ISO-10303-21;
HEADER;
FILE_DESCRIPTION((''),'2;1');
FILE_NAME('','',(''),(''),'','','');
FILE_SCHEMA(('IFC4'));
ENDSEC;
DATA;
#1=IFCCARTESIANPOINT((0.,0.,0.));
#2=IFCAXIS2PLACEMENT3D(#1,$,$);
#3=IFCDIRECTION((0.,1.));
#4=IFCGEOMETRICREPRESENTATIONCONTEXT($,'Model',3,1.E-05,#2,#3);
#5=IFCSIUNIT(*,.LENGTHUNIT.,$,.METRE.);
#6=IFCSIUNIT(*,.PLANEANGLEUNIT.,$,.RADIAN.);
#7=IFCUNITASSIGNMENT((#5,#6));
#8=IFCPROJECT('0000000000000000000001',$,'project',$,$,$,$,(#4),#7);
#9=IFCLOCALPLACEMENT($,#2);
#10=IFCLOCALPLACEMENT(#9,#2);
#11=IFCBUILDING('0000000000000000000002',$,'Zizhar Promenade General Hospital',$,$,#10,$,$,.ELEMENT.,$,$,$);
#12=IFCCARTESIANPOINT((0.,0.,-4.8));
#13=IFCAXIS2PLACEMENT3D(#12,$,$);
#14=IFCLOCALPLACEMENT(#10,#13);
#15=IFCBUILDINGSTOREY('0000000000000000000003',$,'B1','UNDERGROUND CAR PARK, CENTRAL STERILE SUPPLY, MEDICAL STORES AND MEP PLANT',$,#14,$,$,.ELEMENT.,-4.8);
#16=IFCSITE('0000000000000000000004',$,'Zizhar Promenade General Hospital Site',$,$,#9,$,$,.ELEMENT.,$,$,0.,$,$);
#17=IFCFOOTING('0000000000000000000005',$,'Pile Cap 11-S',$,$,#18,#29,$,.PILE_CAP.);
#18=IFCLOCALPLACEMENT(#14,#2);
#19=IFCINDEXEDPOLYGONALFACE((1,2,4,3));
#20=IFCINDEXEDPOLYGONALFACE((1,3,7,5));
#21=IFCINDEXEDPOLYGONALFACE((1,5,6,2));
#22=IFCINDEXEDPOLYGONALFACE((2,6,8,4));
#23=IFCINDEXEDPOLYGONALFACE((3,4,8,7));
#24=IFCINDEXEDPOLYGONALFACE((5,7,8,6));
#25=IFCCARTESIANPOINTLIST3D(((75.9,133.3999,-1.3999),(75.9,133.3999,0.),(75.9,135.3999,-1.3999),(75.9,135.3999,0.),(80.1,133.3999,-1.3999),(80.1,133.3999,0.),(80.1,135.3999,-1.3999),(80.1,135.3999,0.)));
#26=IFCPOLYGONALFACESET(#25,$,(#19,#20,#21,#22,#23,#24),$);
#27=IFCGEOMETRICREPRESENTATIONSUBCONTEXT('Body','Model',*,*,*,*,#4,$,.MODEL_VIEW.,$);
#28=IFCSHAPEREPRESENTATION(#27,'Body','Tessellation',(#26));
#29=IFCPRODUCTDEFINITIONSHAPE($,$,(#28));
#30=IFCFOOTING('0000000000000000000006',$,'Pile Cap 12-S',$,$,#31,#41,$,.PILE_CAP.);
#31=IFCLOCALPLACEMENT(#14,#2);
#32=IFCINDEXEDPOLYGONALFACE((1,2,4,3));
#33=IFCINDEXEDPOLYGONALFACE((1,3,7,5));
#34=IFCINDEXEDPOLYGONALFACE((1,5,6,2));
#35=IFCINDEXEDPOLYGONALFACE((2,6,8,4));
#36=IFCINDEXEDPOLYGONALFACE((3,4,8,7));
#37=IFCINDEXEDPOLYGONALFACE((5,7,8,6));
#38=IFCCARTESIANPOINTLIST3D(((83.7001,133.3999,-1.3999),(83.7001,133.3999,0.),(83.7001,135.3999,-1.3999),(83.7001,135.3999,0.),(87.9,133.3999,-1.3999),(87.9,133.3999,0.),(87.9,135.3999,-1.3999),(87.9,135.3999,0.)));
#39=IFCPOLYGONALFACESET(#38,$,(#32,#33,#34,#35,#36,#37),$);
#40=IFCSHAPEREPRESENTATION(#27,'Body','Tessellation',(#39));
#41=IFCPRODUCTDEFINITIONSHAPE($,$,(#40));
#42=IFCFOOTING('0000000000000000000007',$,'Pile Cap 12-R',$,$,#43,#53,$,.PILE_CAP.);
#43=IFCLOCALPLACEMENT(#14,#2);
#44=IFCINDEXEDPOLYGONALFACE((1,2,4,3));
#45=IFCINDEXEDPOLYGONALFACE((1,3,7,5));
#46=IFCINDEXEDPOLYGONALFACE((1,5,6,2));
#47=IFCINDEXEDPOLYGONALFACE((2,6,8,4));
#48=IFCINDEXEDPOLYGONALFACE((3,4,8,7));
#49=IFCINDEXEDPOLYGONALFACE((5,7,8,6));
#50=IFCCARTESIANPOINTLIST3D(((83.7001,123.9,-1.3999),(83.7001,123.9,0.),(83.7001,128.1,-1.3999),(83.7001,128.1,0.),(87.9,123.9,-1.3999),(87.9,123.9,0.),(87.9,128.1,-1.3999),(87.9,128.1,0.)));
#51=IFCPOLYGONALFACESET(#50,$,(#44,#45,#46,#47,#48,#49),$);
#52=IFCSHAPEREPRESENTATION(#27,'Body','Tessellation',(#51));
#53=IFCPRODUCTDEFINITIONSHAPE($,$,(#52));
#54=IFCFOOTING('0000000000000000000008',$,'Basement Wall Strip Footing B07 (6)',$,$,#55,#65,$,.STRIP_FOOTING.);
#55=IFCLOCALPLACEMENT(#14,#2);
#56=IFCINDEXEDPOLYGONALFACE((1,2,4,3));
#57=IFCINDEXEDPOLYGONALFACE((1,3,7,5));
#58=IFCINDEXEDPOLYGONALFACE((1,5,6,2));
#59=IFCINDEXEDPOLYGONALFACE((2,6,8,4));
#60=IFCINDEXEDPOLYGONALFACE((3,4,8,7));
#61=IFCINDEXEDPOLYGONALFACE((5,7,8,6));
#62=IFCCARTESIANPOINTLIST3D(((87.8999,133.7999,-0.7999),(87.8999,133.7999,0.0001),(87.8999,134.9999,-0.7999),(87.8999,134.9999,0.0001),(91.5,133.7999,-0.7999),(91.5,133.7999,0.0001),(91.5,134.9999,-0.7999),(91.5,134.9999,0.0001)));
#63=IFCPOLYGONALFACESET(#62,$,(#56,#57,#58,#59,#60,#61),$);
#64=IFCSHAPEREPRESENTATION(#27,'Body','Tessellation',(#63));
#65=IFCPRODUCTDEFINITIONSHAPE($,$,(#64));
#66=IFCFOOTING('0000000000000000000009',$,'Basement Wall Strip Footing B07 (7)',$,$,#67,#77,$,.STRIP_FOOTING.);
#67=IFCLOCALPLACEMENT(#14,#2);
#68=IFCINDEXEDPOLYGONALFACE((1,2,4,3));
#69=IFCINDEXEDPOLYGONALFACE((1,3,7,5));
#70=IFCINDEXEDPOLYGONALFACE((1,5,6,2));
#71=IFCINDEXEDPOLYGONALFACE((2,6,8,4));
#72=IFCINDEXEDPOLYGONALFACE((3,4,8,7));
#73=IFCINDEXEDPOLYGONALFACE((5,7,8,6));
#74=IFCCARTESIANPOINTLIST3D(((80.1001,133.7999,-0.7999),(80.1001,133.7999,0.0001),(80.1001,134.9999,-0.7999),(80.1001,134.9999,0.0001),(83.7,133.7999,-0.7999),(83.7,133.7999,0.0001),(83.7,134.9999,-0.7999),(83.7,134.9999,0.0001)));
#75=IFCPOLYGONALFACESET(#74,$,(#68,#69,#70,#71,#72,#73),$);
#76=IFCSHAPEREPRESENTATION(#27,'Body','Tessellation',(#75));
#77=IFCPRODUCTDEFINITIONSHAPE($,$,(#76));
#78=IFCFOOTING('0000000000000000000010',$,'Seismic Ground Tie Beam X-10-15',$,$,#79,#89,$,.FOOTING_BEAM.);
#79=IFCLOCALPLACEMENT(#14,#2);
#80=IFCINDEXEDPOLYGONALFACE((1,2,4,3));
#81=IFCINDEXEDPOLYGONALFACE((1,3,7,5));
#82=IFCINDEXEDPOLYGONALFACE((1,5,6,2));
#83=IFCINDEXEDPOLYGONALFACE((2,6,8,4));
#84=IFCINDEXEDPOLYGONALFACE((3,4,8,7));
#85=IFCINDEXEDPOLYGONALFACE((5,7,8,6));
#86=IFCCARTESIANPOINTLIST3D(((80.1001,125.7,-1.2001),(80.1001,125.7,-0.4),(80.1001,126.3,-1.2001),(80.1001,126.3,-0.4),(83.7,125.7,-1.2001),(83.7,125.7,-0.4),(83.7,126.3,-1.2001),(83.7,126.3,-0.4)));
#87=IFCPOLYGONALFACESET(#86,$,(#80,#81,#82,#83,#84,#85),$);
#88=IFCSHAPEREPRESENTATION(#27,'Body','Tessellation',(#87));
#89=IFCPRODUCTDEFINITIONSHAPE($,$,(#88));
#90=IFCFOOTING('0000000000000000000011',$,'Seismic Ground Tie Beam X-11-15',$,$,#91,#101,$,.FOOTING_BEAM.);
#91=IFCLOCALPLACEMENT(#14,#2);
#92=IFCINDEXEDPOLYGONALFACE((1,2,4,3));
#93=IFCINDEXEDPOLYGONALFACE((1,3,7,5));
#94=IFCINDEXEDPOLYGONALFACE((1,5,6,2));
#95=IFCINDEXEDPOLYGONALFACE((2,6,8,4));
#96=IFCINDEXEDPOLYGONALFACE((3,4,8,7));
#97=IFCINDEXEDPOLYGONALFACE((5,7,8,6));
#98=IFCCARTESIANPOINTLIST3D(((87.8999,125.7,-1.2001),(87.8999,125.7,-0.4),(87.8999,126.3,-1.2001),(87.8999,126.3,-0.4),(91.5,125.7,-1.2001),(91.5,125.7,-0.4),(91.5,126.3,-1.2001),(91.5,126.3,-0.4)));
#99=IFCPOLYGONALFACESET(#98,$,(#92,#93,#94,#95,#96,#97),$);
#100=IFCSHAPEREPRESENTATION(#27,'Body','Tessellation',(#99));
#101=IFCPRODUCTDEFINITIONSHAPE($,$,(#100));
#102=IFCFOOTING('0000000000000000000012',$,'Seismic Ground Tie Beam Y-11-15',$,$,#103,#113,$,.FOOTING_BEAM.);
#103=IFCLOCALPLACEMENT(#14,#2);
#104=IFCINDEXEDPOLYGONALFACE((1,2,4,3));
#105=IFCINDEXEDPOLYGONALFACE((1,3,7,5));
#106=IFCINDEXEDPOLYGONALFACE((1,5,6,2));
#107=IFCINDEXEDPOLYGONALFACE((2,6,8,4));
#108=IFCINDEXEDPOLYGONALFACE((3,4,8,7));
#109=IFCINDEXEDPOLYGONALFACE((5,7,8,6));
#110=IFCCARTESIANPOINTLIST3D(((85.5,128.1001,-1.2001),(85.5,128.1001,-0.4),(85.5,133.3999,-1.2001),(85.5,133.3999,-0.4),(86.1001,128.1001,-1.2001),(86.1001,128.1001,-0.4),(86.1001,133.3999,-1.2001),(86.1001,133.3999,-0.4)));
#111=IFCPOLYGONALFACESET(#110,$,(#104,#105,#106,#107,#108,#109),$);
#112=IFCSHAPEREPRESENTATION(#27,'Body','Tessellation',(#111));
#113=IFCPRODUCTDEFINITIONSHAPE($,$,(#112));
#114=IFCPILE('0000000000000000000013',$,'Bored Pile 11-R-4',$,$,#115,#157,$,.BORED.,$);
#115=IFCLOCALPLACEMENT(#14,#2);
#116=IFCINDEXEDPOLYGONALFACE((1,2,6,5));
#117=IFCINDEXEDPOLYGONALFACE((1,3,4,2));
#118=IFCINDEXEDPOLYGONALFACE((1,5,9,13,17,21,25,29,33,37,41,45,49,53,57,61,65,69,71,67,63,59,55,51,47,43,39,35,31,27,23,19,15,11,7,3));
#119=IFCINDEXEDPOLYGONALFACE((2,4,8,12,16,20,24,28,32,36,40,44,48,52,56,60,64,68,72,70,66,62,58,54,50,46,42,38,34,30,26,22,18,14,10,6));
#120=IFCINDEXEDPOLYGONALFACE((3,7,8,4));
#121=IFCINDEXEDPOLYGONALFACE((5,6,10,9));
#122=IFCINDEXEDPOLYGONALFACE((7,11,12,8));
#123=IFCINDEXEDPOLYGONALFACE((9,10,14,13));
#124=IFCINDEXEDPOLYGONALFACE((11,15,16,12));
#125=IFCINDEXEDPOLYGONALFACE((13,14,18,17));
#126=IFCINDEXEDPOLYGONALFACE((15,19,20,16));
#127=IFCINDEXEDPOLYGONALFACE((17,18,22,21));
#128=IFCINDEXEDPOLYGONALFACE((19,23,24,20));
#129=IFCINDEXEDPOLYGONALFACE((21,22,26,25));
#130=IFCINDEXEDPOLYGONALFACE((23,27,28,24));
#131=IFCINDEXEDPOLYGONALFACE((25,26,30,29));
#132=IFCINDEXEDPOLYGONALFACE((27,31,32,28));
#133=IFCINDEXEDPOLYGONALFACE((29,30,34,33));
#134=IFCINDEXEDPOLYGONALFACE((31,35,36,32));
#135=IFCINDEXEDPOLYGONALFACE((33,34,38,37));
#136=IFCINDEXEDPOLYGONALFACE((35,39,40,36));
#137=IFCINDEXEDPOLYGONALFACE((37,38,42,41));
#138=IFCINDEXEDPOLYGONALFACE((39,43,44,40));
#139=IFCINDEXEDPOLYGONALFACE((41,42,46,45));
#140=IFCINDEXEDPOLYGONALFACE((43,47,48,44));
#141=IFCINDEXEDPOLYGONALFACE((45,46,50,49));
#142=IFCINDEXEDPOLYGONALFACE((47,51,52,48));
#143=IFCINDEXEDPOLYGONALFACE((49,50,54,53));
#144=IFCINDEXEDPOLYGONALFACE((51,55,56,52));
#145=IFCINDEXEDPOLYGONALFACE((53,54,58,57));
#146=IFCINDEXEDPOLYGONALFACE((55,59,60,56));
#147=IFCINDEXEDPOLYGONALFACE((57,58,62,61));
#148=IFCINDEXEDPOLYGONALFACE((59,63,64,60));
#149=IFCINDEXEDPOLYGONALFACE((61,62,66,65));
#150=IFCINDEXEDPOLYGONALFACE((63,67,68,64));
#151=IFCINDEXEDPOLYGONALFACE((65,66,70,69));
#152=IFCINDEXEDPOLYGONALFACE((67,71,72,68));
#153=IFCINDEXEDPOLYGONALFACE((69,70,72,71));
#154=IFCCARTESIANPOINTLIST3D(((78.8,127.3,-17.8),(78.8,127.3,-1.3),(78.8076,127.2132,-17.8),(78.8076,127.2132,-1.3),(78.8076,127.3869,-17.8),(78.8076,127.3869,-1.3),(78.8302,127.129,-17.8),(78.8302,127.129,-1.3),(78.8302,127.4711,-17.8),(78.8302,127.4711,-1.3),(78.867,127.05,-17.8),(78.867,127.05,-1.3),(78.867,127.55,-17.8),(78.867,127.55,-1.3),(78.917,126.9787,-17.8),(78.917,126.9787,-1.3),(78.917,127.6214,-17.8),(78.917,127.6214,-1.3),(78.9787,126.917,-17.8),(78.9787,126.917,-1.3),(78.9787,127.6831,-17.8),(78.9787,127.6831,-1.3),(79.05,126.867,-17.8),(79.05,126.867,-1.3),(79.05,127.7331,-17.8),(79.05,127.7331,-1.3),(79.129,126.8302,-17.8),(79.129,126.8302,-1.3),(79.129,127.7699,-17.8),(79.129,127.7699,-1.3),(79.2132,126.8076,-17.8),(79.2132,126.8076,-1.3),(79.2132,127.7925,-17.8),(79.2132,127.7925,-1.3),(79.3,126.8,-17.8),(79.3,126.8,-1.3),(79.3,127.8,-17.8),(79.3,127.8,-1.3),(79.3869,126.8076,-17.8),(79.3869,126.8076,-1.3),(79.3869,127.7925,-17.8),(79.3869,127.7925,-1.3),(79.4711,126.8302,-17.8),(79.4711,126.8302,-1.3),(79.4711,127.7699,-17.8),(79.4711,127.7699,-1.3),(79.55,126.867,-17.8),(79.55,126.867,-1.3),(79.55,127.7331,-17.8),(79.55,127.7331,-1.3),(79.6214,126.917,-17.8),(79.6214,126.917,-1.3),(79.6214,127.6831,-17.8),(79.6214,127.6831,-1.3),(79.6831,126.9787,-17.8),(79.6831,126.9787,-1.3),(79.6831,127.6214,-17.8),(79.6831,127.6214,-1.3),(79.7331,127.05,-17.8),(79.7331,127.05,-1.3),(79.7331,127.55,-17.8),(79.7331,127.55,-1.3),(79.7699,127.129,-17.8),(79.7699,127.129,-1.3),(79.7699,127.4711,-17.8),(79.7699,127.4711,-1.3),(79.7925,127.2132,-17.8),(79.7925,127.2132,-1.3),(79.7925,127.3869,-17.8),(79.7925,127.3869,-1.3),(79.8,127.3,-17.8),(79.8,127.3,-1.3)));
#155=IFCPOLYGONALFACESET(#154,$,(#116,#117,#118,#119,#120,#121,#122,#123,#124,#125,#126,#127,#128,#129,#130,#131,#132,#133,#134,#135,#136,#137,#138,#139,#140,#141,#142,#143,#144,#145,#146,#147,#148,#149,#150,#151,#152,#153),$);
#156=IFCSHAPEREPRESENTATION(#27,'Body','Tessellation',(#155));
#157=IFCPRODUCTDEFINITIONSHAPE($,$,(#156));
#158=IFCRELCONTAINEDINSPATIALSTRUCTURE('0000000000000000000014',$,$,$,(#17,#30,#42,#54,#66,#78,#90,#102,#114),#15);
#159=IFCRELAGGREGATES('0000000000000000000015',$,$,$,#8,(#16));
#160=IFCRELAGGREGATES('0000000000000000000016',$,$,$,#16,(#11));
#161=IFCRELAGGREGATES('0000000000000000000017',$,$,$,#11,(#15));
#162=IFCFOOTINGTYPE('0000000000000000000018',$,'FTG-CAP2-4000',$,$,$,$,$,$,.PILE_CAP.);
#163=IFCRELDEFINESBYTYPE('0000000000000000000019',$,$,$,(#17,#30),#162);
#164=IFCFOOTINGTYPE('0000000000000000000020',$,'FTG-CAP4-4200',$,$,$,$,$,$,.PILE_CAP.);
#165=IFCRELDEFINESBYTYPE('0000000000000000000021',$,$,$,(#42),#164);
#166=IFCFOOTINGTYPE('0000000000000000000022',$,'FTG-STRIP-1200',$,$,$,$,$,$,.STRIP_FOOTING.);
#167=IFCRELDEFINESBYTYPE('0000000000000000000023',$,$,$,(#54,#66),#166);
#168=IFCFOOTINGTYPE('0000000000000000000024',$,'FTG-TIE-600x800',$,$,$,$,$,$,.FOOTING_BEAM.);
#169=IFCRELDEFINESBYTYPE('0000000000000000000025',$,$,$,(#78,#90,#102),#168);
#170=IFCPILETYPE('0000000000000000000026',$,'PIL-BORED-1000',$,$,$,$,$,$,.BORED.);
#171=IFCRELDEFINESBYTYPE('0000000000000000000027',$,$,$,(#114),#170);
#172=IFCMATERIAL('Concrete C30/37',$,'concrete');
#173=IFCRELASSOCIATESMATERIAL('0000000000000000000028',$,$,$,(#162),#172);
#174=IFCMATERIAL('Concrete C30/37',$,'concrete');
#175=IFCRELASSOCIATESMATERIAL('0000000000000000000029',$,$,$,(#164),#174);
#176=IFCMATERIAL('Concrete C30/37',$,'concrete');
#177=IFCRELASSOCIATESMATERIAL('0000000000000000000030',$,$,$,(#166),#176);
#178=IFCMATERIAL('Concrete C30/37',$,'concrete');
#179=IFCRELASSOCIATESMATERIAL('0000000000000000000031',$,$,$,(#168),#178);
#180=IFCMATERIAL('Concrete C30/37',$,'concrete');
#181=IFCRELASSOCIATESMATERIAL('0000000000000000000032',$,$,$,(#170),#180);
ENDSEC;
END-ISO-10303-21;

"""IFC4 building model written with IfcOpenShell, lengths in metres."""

from ifc_helpers import new_model, si_unit, direction, frame, origin, origin_2d, place, context, subcontext, project, spatial, rectangle, circle, extrude, material, material_profile, profile_set, type_object, element, save


model = new_model("IFC4")

# Units and contexts
model_context = context("Model", 3, precision=1e-05, world=origin(), true_north=direction((0.0, 1.0)))
body_context = subcontext(model_context, "Body", "Model", "MODEL_VIEW")
ifc_project = project(units=[si_unit("LENGTHUNIT", "METRE"), si_unit("PLANEANGLEUNIT", "RADIAN")], contexts=[model_context])

# Site, building, storey
site_placement = place(None, origin())
site = spatial("IfcSite", under=ifc_project, at=site_placement, Name="Zizhar Promenade General Hospital Site", CompositionType="ELEMENT", RefElevation=0.0)
building_placement = place(site_placement, origin())
building = spatial("IfcBuilding", under=site, at=building_placement, Name="Zizhar Promenade General Hospital", CompositionType="ELEMENT")
storey_placement = place(building_placement, frame((0.0, 0.0, -4.8)))
storey = spatial("IfcBuildingStorey", under=building, at=storey_placement, Name="B1", Description="UNDERGROUND CAR PARK, CENTRAL STERILE SUPPLY, MEDICAL STORES AND MEP PLANT", CompositionType="ELEMENT", Elevation=-4.8)

# Footings
ifc_material_1 = material(Name="Concrete C30/37", Category="concrete")
footing_type_1 = type_object("IfcFootingType", Name="FTG-CAP2-4000", PredefinedType="PILE_CAP", material=ifc_material_1)
for number, where, z_axis, x_axis, name in (
    (1, (78.0, 134.3999, -1.3999), (0.0, 0.0, 1.0), (1.0, 0.0, 0.0), "Pile Cap 11-S"),
    (2, (85.8, 134.3999, -1.3999), (0.0, 0.0, 1.0), (1.0, 0.0, 0.0), "Pile Cap 12-S"),
):
    element("IfcFooting", number, at=place(storey_placement, frame(where, z_axis=z_axis, x_axis=x_axis)), inside=storey, type_object=footing_type_1, Name=name, PredefinedType="PILE_CAP", context=body_context, shape_type="SweptSolid", body=[
        extrude(rectangle(XDim=4.2, YDim=2.0, at=origin_2d()), origin(), (0.0, 0.0, 1.0), 1.3999),
    ])
ifc_material_2 = material(Name="Concrete C30/37", Category="concrete")
footing_type_2 = type_object("IfcFootingType", Name="FTG-CAP4-4200", PredefinedType="PILE_CAP", material=ifc_material_2)
footing_1_placement = place(storey_placement, frame((85.8, 126.0, -1.3999), z_axis=(0.0, 0.0, 1.0), x_axis=(1.0, 0.0, 0.0)))
element("IfcFooting", 3, at=footing_1_placement, inside=storey, type_object=footing_type_2, Name="Pile Cap 12-R", PredefinedType="PILE_CAP", context=body_context, shape_type="SweptSolid", body=[
    extrude(rectangle(XDim=4.2, YDim=4.2, at=origin_2d()), origin(), (0.0, 0.0, 1.0), 1.3999),
])
ifc_material_3 = material(Name="Concrete C30/37", Category="concrete")
ifc_material_profile_1 = material_profile(ifc_material_3, rectangle(XDim=1.2, YDim=0.8, at=origin_2d()))
ifc_profile_set_1 = profile_set([ifc_material_profile_1], Name="Concrete C30/37")
footing_type_3 = type_object("IfcFootingType", Name="FTG-STRIP-1200", PredefinedType="STRIP_FOOTING", material=ifc_profile_set_1)
footing_2_placement = place(storey_placement, frame((91.5, 134.3999, -0.3999), z_axis=(-1.0, 0.0, 0.0), x_axis=(0.0, -1.0, 0.0)))
element("IfcFooting", 4, at=footing_2_placement, inside=storey, type_object=footing_type_3, Name="Basement Wall Strip Footing B07 (6)", PredefinedType="STRIP_FOOTING", context=body_context, shape_type="SweptSolid", body=[
    extrude(rectangle(XDim=1.2, YDim=0.8, at=origin_2d()), origin(), (0.0, 0.0, 1.0), 3.6001),
])
footing_3_placement = place(storey_placement, frame((83.7, 134.3999, -0.3999), z_axis=(-1.0, 0.0, 0.0), x_axis=(0.0, -1.0, 0.0)))
element("IfcFooting", 5, at=footing_3_placement, inside=storey, type_object=footing_type_3, Name="Basement Wall Strip Footing B07 (7)", PredefinedType="STRIP_FOOTING", context=body_context, shape_type="SweptSolid", body=[
    extrude(rectangle(XDim=1.2, YDim=0.8, at=origin_2d()), origin(), (0.0, 0.0, 1.0), 3.5999),
])
ifc_material_4 = material(Name="Concrete C30/37", Category="concrete")
ifc_material_profile_2 = material_profile(ifc_material_4, rectangle(XDim=0.6001, YDim=0.8, at=origin_2d()))
ifc_profile_set_2 = profile_set([ifc_material_profile_2], Name="Concrete C30/37")
footing_type_4 = type_object("IfcFootingType", Name="FTG-TIE-600x800", PredefinedType="FOOTING_BEAM", material=ifc_profile_set_2)
footing_4_placement = place(storey_placement, frame((80.1001, 126.0, -0.8), z_axis=(1.0, 0.0, 0.0), x_axis=(0.0, 1.0, 0.0)))
element("IfcFooting", 6, at=footing_4_placement, inside=storey, type_object=footing_type_4, Name="Seismic Ground Tie Beam X-10-15", PredefinedType="FOOTING_BEAM", context=body_context, shape_type="SweptSolid", body=[
    extrude(rectangle(XDim=0.6001, YDim=0.8, at=origin_2d()), origin(), (0.0, 0.0, 1.0), 3.5999),
])
footing_5_placement = place(storey_placement, frame((87.8999, 126.0, -0.8), z_axis=(1.0, 0.0, 0.0), x_axis=(0.0, 1.0, 0.0)))
element("IfcFooting", 7, at=footing_5_placement, inside=storey, type_object=footing_type_4, Name="Seismic Ground Tie Beam X-11-15", PredefinedType="FOOTING_BEAM", context=body_context, shape_type="SweptSolid", body=[
    extrude(rectangle(XDim=0.6001, YDim=0.8, at=origin_2d()), origin(), (0.0, 0.0, 1.0), 3.6001),
])
footing_6_placement = place(storey_placement, frame((85.8, 128.1001, -0.8), z_axis=(0.0, 1.0, 0.0), x_axis=(-1.0, 0.0, 0.0)))
element("IfcFooting", 8, at=footing_6_placement, inside=storey, type_object=footing_type_4, Name="Seismic Ground Tie Beam Y-11-15", PredefinedType="FOOTING_BEAM", context=body_context, shape_type="SweptSolid", body=[
    extrude(rectangle(XDim=0.6001, YDim=0.8, at=origin_2d()), origin(), (0.0, 0.0, 1.0), 5.2998),
])

# Pile
ifc_material_5 = material(Name="Concrete C30/37", Category="concrete")
ifc_material_profile_3 = material_profile(ifc_material_5, circle(Radius=0.5, at=origin_2d()))
ifc_profile_set_3 = profile_set([ifc_material_profile_3], Name="Concrete C30/37")
pile_type = type_object("IfcPileType", Name="PIL-BORED-1000", PredefinedType="BORED", material=ifc_profile_set_3)
for number, where, z_axis, x_axis, name in (
    (9, (79.3, 127.3, -1.3), (0.0, 0.0, -1.0), (1.0, 0.0, 0.0), "Bored Pile 11-R-4"),
):
    element("IfcPile", number, at=place(storey_placement, frame(where, z_axis=z_axis, x_axis=x_axis)), inside=storey, type_object=pile_type, Name=name, PredefinedType="BORED", context=body_context, shape_type="SweptSolid", body=[
        extrude(circle(Radius=0.5, at=origin_2d()), origin(), (0.0, 0.0, 1.0), 16.5),
    ])

save(model, "model.ifc")
